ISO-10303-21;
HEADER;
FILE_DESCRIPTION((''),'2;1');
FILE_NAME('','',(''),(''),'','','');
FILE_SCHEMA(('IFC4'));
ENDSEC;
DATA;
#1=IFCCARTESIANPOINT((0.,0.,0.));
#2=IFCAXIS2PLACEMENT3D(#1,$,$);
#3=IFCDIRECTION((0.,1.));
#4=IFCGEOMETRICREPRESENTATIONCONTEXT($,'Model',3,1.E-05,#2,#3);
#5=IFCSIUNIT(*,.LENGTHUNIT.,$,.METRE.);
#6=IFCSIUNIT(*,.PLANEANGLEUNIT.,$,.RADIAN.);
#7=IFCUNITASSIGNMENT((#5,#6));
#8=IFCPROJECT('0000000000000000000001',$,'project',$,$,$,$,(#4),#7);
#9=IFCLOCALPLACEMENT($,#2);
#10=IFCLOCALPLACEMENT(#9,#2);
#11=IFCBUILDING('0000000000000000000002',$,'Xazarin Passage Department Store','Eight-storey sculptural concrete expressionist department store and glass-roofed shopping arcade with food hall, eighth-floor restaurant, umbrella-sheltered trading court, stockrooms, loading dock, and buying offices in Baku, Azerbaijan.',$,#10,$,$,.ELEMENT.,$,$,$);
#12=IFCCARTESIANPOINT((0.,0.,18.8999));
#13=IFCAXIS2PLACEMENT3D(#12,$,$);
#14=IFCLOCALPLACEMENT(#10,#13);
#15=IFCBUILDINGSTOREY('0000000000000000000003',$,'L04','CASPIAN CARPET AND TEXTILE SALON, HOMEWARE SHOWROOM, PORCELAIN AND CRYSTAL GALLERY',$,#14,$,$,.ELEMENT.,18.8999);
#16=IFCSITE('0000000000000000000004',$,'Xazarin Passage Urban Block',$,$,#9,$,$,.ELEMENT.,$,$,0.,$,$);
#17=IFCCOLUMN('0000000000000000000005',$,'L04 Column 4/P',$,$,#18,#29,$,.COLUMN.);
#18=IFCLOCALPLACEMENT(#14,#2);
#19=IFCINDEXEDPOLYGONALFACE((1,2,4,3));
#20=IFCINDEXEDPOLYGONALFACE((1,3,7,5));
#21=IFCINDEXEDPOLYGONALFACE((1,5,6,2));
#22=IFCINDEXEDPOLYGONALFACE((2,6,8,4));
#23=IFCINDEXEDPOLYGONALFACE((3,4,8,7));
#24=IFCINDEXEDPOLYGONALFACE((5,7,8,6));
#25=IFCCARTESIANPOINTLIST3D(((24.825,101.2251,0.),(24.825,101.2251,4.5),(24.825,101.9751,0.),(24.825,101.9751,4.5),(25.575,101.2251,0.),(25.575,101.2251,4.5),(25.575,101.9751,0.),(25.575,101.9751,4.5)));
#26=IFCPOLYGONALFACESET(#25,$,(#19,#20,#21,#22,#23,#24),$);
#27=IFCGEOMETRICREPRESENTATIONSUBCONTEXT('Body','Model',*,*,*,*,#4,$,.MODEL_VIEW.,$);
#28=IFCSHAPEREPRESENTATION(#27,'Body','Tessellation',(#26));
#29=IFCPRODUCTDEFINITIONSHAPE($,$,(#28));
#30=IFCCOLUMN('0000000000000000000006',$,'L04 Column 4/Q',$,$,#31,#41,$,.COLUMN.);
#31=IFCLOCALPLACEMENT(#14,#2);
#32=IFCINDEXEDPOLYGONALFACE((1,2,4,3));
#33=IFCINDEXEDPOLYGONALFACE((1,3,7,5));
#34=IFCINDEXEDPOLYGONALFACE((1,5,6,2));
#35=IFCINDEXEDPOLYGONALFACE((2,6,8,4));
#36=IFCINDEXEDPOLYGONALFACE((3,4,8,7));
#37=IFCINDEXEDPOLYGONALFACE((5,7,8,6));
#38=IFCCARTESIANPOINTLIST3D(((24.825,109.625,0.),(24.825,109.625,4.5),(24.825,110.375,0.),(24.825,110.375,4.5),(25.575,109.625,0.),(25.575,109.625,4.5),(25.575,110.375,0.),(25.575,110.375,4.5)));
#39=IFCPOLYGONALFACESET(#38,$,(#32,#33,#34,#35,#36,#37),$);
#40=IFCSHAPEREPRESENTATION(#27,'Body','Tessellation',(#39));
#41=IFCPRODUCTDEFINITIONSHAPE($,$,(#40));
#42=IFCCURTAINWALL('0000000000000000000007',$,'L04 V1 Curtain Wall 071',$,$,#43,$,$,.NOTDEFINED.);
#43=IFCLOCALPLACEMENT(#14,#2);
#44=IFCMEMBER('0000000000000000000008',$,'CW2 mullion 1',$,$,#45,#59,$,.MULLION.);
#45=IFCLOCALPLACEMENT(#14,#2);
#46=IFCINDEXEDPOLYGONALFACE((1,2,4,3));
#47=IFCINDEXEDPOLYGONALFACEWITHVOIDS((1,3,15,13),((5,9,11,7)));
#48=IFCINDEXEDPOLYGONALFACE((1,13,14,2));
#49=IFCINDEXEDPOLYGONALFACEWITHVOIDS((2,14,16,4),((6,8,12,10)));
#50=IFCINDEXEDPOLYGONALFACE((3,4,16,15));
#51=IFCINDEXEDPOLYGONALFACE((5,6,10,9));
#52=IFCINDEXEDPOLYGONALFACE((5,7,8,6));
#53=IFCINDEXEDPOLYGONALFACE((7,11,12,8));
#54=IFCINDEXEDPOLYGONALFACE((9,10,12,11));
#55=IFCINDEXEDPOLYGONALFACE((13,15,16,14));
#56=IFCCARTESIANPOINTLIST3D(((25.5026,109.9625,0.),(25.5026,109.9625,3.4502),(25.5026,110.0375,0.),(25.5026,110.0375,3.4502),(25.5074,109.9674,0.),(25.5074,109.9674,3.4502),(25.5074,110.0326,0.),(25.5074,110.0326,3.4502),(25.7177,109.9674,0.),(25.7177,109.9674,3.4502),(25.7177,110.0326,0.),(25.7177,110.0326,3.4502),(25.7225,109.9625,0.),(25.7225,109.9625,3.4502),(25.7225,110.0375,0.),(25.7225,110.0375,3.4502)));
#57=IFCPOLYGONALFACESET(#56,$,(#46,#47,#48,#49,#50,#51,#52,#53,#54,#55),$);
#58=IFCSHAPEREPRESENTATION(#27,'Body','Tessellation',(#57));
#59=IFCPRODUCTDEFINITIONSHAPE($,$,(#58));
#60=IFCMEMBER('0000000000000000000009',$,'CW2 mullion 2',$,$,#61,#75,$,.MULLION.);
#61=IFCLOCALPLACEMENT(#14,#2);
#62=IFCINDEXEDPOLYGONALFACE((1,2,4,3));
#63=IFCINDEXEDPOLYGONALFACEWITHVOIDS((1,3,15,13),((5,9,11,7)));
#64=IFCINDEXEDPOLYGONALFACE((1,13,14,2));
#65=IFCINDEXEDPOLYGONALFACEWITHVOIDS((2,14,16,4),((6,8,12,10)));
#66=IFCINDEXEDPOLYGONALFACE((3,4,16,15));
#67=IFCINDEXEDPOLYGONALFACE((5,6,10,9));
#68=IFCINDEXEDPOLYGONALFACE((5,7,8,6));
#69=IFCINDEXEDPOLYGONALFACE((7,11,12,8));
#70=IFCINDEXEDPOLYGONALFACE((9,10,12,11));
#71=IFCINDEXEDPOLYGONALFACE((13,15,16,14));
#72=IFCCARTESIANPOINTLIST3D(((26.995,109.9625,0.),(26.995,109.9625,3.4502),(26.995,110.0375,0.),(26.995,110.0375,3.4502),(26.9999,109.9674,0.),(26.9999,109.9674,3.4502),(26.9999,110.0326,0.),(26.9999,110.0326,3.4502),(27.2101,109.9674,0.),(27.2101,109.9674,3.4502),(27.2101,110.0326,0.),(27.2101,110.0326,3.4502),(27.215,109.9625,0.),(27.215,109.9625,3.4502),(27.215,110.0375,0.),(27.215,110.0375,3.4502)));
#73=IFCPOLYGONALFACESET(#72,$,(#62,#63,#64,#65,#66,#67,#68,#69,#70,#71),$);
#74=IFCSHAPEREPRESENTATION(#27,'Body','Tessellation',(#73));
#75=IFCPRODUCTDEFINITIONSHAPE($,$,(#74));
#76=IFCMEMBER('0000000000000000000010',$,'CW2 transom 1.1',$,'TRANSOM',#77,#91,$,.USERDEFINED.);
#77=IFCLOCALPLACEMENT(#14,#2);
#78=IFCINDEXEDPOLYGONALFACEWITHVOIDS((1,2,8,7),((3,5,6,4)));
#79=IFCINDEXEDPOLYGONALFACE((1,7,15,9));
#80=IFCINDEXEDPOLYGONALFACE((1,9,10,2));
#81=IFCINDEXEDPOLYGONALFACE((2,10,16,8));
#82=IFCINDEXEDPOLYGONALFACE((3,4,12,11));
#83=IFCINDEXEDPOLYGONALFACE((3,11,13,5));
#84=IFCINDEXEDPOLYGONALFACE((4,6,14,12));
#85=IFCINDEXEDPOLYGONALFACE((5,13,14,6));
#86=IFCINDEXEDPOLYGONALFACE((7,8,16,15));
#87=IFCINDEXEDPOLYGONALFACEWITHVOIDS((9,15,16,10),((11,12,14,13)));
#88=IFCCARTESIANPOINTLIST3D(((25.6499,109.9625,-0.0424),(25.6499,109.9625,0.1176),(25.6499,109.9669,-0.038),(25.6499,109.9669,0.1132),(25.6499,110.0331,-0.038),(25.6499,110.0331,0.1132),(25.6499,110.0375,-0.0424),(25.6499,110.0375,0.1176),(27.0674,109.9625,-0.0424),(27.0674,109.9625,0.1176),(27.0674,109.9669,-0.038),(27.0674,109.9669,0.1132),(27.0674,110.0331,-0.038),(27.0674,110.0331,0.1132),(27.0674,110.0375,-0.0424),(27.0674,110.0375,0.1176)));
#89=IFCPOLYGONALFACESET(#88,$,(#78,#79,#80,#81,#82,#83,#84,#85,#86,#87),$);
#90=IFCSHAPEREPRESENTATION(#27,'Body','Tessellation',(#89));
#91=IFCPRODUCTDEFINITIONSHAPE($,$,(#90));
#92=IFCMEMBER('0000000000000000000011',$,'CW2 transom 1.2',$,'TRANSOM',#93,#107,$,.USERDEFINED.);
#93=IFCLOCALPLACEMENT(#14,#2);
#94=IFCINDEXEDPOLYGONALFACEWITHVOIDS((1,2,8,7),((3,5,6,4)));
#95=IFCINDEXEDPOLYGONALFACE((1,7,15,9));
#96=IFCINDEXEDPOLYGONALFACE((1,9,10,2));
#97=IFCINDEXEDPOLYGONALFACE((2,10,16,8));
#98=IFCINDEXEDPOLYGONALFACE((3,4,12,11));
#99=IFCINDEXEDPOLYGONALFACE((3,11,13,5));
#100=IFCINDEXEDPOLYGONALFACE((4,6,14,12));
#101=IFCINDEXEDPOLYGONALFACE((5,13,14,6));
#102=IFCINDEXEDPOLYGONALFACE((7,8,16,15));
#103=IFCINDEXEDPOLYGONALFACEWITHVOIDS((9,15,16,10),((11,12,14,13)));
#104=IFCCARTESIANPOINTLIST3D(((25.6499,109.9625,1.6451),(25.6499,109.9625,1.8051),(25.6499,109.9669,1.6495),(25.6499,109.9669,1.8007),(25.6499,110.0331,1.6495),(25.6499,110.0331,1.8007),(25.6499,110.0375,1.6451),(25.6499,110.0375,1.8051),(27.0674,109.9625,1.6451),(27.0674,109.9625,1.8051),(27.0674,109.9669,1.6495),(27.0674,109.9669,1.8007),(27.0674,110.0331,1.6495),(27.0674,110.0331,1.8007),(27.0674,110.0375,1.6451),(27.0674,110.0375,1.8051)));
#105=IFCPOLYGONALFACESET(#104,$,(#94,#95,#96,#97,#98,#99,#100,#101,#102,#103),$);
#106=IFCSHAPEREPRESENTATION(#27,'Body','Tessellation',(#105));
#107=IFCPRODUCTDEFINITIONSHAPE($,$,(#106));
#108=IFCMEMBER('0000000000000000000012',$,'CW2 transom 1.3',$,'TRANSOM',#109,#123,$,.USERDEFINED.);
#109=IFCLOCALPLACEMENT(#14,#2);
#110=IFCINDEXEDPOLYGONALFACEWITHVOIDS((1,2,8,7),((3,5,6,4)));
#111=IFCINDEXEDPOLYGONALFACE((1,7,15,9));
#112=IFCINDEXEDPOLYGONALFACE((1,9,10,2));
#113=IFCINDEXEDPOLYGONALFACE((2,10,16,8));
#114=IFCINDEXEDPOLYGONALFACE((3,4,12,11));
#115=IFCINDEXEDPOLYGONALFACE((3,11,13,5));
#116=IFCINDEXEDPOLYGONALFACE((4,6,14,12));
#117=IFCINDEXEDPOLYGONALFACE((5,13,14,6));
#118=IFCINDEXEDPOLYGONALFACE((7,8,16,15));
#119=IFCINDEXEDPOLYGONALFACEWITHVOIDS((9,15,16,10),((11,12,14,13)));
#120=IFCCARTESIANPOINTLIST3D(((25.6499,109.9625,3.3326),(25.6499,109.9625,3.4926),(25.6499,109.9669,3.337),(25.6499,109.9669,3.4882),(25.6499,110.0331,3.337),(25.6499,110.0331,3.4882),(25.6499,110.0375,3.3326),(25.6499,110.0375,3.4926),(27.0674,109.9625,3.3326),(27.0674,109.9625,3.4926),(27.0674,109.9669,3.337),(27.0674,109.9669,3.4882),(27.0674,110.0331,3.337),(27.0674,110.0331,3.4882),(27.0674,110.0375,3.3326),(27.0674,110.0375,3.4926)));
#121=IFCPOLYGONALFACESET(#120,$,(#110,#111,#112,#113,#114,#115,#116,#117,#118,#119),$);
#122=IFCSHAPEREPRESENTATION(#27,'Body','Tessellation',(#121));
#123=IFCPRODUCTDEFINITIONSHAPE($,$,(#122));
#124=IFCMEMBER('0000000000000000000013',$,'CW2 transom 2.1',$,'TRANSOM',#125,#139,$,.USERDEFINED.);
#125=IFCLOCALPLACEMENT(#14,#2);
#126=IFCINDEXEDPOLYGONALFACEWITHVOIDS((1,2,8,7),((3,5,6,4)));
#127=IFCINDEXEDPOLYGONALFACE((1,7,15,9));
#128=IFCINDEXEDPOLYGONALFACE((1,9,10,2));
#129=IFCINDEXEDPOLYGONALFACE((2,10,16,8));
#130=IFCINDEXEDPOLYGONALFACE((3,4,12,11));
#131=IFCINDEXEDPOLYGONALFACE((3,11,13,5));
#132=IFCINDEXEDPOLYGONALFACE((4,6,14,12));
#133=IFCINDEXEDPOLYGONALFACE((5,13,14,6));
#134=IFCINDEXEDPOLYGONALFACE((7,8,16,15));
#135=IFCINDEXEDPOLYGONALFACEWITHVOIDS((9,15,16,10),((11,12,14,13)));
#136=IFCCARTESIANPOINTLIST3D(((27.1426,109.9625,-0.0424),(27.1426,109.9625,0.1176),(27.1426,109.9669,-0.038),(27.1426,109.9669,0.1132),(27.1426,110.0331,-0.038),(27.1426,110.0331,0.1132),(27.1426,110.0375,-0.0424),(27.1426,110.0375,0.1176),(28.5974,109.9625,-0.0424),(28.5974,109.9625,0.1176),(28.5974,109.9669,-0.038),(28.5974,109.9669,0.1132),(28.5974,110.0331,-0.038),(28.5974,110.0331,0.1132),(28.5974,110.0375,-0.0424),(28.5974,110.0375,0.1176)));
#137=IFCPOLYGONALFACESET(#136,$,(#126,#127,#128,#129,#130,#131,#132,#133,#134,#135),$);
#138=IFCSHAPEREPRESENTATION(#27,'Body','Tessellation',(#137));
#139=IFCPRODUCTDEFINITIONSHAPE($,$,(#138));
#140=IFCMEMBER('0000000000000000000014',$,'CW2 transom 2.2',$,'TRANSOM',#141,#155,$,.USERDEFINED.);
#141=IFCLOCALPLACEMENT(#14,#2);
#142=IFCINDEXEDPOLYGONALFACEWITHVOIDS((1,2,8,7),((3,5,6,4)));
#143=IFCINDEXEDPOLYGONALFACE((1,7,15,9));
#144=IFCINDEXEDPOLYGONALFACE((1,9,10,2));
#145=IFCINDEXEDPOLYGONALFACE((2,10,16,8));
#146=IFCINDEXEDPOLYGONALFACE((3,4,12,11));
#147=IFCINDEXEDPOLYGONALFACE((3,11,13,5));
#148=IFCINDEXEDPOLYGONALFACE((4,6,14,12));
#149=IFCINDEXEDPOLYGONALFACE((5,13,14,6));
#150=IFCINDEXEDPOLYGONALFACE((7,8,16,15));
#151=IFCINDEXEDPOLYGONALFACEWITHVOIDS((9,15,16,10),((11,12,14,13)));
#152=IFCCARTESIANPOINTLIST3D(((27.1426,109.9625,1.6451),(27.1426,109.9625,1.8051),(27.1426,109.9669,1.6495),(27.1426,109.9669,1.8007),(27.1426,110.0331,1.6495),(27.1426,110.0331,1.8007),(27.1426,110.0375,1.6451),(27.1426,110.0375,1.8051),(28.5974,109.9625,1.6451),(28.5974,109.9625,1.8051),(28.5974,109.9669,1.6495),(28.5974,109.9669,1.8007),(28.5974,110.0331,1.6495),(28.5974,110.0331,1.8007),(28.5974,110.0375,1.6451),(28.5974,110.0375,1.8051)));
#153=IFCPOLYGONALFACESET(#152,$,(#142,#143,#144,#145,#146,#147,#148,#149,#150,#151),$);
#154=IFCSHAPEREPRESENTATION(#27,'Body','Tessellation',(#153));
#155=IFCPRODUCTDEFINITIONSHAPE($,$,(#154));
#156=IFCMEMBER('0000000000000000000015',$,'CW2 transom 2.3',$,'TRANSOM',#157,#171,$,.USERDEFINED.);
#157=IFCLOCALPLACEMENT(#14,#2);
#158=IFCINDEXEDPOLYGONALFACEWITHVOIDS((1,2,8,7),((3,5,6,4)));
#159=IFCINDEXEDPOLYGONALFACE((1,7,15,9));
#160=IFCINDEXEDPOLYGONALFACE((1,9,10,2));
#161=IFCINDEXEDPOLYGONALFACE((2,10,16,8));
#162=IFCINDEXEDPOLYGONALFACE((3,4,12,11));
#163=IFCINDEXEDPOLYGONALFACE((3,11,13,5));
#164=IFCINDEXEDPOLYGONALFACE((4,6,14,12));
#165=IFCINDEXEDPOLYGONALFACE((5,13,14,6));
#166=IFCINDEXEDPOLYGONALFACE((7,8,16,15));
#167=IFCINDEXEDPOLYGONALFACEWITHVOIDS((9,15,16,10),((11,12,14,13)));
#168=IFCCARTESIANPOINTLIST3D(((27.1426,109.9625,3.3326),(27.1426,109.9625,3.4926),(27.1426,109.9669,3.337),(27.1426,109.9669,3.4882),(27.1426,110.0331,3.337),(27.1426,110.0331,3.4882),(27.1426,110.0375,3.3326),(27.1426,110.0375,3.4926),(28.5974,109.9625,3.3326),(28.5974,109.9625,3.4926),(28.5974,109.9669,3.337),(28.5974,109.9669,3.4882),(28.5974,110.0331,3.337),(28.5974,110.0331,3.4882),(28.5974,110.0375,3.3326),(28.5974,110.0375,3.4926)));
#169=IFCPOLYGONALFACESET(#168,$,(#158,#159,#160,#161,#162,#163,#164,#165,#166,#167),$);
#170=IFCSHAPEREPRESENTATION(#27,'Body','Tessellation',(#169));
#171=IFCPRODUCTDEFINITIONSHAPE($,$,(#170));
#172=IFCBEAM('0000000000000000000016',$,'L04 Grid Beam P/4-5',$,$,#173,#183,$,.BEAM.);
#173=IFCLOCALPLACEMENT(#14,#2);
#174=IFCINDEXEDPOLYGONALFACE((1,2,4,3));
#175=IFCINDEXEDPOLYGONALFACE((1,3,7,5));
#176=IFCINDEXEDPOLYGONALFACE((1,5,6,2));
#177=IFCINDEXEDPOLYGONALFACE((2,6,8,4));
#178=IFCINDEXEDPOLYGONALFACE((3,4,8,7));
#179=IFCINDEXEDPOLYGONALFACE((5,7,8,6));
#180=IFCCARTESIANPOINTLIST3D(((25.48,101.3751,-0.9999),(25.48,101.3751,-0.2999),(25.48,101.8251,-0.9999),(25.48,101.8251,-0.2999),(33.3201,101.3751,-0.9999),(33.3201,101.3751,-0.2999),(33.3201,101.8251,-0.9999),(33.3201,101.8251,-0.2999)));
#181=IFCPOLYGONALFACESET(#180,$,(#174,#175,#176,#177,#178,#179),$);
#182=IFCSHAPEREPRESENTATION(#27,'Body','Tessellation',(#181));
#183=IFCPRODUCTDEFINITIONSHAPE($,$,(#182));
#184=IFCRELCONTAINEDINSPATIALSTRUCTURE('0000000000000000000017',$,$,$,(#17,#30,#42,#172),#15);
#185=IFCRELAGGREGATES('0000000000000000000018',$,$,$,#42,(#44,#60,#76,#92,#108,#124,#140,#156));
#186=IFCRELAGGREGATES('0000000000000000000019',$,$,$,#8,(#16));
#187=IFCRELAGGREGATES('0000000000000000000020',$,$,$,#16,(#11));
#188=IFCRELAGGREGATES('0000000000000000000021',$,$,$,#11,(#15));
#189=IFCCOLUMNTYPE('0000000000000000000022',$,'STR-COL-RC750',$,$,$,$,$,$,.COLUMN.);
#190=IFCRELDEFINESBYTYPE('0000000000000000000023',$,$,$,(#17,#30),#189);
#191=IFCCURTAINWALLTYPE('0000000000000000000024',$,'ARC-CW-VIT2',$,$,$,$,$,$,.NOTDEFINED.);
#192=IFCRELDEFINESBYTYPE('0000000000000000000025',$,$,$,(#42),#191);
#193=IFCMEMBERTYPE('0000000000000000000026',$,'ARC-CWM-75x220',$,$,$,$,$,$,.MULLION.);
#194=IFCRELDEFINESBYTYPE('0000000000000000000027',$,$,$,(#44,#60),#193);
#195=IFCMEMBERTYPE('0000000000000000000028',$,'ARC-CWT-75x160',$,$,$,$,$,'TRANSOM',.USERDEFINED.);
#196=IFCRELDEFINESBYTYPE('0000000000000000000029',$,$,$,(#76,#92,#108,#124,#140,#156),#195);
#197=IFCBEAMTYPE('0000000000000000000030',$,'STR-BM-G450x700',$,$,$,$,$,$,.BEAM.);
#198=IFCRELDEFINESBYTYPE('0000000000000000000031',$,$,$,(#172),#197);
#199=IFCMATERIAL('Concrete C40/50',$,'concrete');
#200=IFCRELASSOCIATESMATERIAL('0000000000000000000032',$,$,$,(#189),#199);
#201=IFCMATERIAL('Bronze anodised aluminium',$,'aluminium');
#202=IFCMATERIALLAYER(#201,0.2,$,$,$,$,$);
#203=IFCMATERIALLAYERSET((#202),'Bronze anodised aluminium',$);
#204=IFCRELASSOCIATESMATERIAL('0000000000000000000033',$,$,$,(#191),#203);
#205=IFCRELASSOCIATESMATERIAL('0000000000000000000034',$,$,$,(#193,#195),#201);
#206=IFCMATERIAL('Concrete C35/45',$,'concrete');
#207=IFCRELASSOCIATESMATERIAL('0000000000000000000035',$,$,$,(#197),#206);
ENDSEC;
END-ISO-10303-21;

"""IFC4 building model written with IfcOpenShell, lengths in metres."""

from ifc_helpers import new_model, si_unit, direction, frame, origin, origin_2d, place, context, subcontext, project, spatial, rectangle, hollow_rectangle, extrude, material, layer, layer_set, material_profile, profile_set, type_object, element, aggregate, save


model = new_model("IFC4")

# Units and contexts
model_context = context("Model", 3, precision=1e-05, world=origin(), true_north=direction((0.0, 1.0)))
body_context = subcontext(model_context, "Body", "Model", "MODEL_VIEW")
ifc_project = project(units=[si_unit("LENGTHUNIT", "METRE"), si_unit("PLANEANGLEUNIT", "RADIAN")], contexts=[model_context])

# Site, building, storey
site_placement = place(None, origin())
site = spatial("IfcSite", under=ifc_project, at=site_placement, Name="Xazarin Passage Urban Block", CompositionType="ELEMENT", RefElevation=0.0)
building_placement = place(site_placement, origin())
building = spatial("IfcBuilding", under=site, at=building_placement, Name="Xazarin Passage Department Store", Description="Eight-storey sculptural concrete expressionist department store and glass-roofed shopping arcade with food hall, eighth-floor restaurant, umbrella-sheltered trading court, stockrooms, loading dock, and buying offices in Baku, Azerbaijan.", CompositionType="ELEMENT")
storey_placement = place(building_placement, frame((0.0, 0.0, 18.8999)))
storey = spatial("IfcBuildingStorey", under=building, at=storey_placement, Name="L04", Description="CASPIAN CARPET AND TEXTILE SALON, HOMEWARE SHOWROOM, PORCELAIN AND CRYSTAL GALLERY", CompositionType="ELEMENT", Elevation=18.8999)

# Columns
ifc_material_1 = material(Name="Concrete C40/50", Category="concrete")
ifc_material_profile_1 = material_profile(ifc_material_1, rectangle(XDim=0.75, YDim=0.75, at=origin_2d()), Name="RC 750x750")
ifc_profile_set_1 = profile_set([ifc_material_profile_1], Name="Concrete C40/50")
column_type = type_object("IfcColumnType", Name="STR-COL-RC750", PredefinedType="COLUMN", material=ifc_profile_set_1)
for number, where, z_axis, x_axis, name in (
    (1, (25.2, 101.6001, 0.0), (0.0, 0.0, 1.0), (1.0, 0.0, 0.0), "L04 Column 4/P"),
    (2, (25.2, 110.0, 0.0), (0.0, 0.0, 1.0), (1.0, 0.0, 0.0), "L04 Column 4/Q"),
):
    element("IfcColumn", number, at=place(storey_placement, frame(where, z_axis=z_axis, x_axis=x_axis)), inside=storey, type_object=column_type, Name=name, PredefinedType="COLUMN", context=body_context, shape_type="SweptSolid", body=[
        extrude(rectangle(XDim=0.75, YDim=0.75, at=origin_2d()), origin(), (0.0, 0.0, 1.0), 4.5),
    ])

# Curtain wall, members
ifc_material_2 = material(Name="Bronze anodised aluminium", Category="aluminium")
ifc_layer_1 = layer(ifc_material_2, 0.2)
ifc_layer_set_1 = layer_set([ifc_layer_1], Name="Bronze anodised aluminium")
curtain_wall_type = type_object("IfcCurtainWallType", Name="ARC-CW-VIT2", PredefinedType="NOTDEFINED", material=ifc_layer_set_1)
curtain_wall_placement = place(storey_placement, origin())
curtain_wall = element("IfcCurtainWall", 3, at=curtain_wall_placement, inside=storey, type_object=curtain_wall_type, Name="L04 V1 Curtain Wall 071", PredefinedType="NOTDEFINED")
ifc_material_profile_2 = material_profile(ifc_material_2, hollow_rectangle(XDim=0.075, YDim=0.22, WallThickness=0.0049, at=origin_2d()), Name="ALU 75x220")
ifc_profile_set_2 = profile_set([ifc_material_profile_2], Name="Bronze anodised aluminium")
member_type_1 = type_object("IfcMemberType", Name="ARC-CWM-75x220", PredefinedType="MULLION", material=ifc_profile_set_2)
member_1_placement = place(storey_placement, frame((25.6125, 110.0, 0.0), z_axis=(0.0, 0.0, 1.0), x_axis=(0.0, 1.0, 0.0)))
member_1 = element("IfcMember", 4, at=member_1_placement, type_object=member_type_1, Name="CW2 mullion 1", PredefinedType="MULLION", context=body_context, shape_type="SweptSolid", body=[
    extrude(hollow_rectangle(XDim=0.075, YDim=0.22, WallThickness=0.0049, at=origin_2d()), origin(), (0.0, 0.0, 1.0), 3.4502),
])
member_2_placement = place(storey_placement, frame((27.105, 110.0, 0.0), z_axis=(0.0, 0.0, 1.0), x_axis=(0.0, 1.0, 0.0)))
member_2 = element("IfcMember", 5, at=member_2_placement, type_object=member_type_1, Name="CW2 mullion 2", PredefinedType="MULLION", context=body_context, shape_type="SweptSolid", body=[
    extrude(hollow_rectangle(XDim=0.075, YDim=0.22, WallThickness=0.0049, at=origin_2d()), origin(), (0.0, 0.0, 1.0), 3.4502),
])
ifc_material_profile_3 = material_profile(ifc_material_2, hollow_rectangle(XDim=0.075, YDim=0.1599, WallThickness=0.0044, at=origin_2d()), Name="ALU 75x160")
ifc_profile_set_3 = profile_set([ifc_material_profile_3], Name="Bronze anodised aluminium")
member_type_2 = type_object("IfcMemberType", Name="ARC-CWT-75x160", ElementType="TRANSOM", PredefinedType="USERDEFINED", material=ifc_profile_set_3)
member_3_placement = place(storey_placement, frame((25.6499, 110.0, 0.0376), z_axis=(1.0, 0.0, 0.0), x_axis=(0.0, 1.0, 0.0)))
member_3 = element("IfcMember", 6, at=member_3_placement, type_object=member_type_2, Name="CW2 transom 1.1", ObjectType="TRANSOM", PredefinedType="USERDEFINED", context=body_context, shape_type="SweptSolid", body=[
    extrude(hollow_rectangle(XDim=0.075, YDim=0.1599, WallThickness=0.0044, at=origin_2d()), origin(), (0.0, 0.0, 1.0), 1.4175),
])
member_4_placement = place(storey_placement, frame((25.6499, 110.0, 1.7251), z_axis=(1.0, 0.0, 0.0), x_axis=(0.0, 1.0, 0.0)))
member_4 = element("IfcMember", 7, at=member_4_placement, type_object=member_type_2, Name="CW2 transom 1.2", ObjectType="TRANSOM", PredefinedType="USERDEFINED", context=body_context, shape_type="SweptSolid", body=[
    extrude(hollow_rectangle(XDim=0.075, YDim=0.1599, WallThickness=0.0044, at=origin_2d()), origin(), (0.0, 0.0, 1.0), 1.4175),
])
member_5_placement = place(storey_placement, frame((25.6499, 110.0, 3.4126), z_axis=(1.0, 0.0, 0.0), x_axis=(0.0, 1.0, 0.0)))
member_5 = element("IfcMember", 8, at=member_5_placement, type_object=member_type_2, Name="CW2 transom 1.3", ObjectType="TRANSOM", PredefinedType="USERDEFINED", context=body_context, shape_type="SweptSolid", body=[
    extrude(hollow_rectangle(XDim=0.075, YDim=0.1599, WallThickness=0.0044, at=origin_2d()), origin(), (0.0, 0.0, 1.0), 1.4175),
])
member_6_placement = place(storey_placement, frame((27.1426, 110.0, 0.0376), z_axis=(1.0, 0.0, 0.0), x_axis=(0.0, 1.0, 0.0)))
member_6 = element("IfcMember", 9, at=member_6_placement, type_object=member_type_2, Name="CW2 transom 2.1", ObjectType="TRANSOM", PredefinedType="USERDEFINED", context=body_context, shape_type="SweptSolid", body=[
    extrude(hollow_rectangle(XDim=0.075, YDim=0.1599, WallThickness=0.0044, at=origin_2d()), origin(), (0.0, 0.0, 1.0), 1.4548),
])
member_7_placement = place(storey_placement, frame((27.1426, 110.0, 1.7251), z_axis=(1.0, 0.0, 0.0), x_axis=(0.0, 1.0, 0.0)))
member_7 = element("IfcMember", 10, at=member_7_placement, type_object=member_type_2, Name="CW2 transom 2.2", ObjectType="TRANSOM", PredefinedType="USERDEFINED", context=body_context, shape_type="SweptSolid", body=[
    extrude(hollow_rectangle(XDim=0.075, YDim=0.1599, WallThickness=0.0044, at=origin_2d()), origin(), (0.0, 0.0, 1.0), 1.4548),
])
member_8_placement = place(storey_placement, frame((27.1426, 110.0, 3.4126), z_axis=(1.0, 0.0, 0.0), x_axis=(0.0, 1.0, 0.0)))
member_8 = element("IfcMember", 11, at=member_8_placement, type_object=member_type_2, Name="CW2 transom 2.3", ObjectType="TRANSOM", PredefinedType="USERDEFINED", context=body_context, shape_type="SweptSolid", body=[
    extrude(hollow_rectangle(XDim=0.075, YDim=0.1599, WallThickness=0.0044, at=origin_2d()), origin(), (0.0, 0.0, 1.0), 1.4548),
])

# Beam
ifc_material_3 = material(Name="Concrete C35/45", Category="concrete")
ifc_material_profile_4 = material_profile(ifc_material_3, rectangle(XDim=0.45, YDim=0.7, at=origin_2d()), Name="RC 450x700")
ifc_profile_set_4 = profile_set([ifc_material_profile_4], Name="Concrete C35/45")
beam_type_1 = type_object("IfcBeamType", Name="STR-BM-G450x700", PredefinedType="BEAM", material=ifc_profile_set_4)
beam_1_placement = place(storey_placement, frame((25.48, 101.6001, -0.6499), z_axis=(1.0, 0.0, 0.0), x_axis=(0.0, 1.0, 0.0)))
element("IfcBeam", 12, at=beam_1_placement, inside=storey, type_object=beam_type_1, Name="L04 Grid Beam P/4-5", PredefinedType="BEAM", context=body_context, shape_type="SweptSolid", body=[
    extrude(rectangle(XDim=0.45, YDim=0.7, at=origin_2d()), origin(), (0.0, 0.0, 1.0), 7.8401),
])

aggregate(curtain_wall, [member_1, member_2, member_3, member_4, member_5, member_6, member_7, member_8])

save(model, "model.ifc")
